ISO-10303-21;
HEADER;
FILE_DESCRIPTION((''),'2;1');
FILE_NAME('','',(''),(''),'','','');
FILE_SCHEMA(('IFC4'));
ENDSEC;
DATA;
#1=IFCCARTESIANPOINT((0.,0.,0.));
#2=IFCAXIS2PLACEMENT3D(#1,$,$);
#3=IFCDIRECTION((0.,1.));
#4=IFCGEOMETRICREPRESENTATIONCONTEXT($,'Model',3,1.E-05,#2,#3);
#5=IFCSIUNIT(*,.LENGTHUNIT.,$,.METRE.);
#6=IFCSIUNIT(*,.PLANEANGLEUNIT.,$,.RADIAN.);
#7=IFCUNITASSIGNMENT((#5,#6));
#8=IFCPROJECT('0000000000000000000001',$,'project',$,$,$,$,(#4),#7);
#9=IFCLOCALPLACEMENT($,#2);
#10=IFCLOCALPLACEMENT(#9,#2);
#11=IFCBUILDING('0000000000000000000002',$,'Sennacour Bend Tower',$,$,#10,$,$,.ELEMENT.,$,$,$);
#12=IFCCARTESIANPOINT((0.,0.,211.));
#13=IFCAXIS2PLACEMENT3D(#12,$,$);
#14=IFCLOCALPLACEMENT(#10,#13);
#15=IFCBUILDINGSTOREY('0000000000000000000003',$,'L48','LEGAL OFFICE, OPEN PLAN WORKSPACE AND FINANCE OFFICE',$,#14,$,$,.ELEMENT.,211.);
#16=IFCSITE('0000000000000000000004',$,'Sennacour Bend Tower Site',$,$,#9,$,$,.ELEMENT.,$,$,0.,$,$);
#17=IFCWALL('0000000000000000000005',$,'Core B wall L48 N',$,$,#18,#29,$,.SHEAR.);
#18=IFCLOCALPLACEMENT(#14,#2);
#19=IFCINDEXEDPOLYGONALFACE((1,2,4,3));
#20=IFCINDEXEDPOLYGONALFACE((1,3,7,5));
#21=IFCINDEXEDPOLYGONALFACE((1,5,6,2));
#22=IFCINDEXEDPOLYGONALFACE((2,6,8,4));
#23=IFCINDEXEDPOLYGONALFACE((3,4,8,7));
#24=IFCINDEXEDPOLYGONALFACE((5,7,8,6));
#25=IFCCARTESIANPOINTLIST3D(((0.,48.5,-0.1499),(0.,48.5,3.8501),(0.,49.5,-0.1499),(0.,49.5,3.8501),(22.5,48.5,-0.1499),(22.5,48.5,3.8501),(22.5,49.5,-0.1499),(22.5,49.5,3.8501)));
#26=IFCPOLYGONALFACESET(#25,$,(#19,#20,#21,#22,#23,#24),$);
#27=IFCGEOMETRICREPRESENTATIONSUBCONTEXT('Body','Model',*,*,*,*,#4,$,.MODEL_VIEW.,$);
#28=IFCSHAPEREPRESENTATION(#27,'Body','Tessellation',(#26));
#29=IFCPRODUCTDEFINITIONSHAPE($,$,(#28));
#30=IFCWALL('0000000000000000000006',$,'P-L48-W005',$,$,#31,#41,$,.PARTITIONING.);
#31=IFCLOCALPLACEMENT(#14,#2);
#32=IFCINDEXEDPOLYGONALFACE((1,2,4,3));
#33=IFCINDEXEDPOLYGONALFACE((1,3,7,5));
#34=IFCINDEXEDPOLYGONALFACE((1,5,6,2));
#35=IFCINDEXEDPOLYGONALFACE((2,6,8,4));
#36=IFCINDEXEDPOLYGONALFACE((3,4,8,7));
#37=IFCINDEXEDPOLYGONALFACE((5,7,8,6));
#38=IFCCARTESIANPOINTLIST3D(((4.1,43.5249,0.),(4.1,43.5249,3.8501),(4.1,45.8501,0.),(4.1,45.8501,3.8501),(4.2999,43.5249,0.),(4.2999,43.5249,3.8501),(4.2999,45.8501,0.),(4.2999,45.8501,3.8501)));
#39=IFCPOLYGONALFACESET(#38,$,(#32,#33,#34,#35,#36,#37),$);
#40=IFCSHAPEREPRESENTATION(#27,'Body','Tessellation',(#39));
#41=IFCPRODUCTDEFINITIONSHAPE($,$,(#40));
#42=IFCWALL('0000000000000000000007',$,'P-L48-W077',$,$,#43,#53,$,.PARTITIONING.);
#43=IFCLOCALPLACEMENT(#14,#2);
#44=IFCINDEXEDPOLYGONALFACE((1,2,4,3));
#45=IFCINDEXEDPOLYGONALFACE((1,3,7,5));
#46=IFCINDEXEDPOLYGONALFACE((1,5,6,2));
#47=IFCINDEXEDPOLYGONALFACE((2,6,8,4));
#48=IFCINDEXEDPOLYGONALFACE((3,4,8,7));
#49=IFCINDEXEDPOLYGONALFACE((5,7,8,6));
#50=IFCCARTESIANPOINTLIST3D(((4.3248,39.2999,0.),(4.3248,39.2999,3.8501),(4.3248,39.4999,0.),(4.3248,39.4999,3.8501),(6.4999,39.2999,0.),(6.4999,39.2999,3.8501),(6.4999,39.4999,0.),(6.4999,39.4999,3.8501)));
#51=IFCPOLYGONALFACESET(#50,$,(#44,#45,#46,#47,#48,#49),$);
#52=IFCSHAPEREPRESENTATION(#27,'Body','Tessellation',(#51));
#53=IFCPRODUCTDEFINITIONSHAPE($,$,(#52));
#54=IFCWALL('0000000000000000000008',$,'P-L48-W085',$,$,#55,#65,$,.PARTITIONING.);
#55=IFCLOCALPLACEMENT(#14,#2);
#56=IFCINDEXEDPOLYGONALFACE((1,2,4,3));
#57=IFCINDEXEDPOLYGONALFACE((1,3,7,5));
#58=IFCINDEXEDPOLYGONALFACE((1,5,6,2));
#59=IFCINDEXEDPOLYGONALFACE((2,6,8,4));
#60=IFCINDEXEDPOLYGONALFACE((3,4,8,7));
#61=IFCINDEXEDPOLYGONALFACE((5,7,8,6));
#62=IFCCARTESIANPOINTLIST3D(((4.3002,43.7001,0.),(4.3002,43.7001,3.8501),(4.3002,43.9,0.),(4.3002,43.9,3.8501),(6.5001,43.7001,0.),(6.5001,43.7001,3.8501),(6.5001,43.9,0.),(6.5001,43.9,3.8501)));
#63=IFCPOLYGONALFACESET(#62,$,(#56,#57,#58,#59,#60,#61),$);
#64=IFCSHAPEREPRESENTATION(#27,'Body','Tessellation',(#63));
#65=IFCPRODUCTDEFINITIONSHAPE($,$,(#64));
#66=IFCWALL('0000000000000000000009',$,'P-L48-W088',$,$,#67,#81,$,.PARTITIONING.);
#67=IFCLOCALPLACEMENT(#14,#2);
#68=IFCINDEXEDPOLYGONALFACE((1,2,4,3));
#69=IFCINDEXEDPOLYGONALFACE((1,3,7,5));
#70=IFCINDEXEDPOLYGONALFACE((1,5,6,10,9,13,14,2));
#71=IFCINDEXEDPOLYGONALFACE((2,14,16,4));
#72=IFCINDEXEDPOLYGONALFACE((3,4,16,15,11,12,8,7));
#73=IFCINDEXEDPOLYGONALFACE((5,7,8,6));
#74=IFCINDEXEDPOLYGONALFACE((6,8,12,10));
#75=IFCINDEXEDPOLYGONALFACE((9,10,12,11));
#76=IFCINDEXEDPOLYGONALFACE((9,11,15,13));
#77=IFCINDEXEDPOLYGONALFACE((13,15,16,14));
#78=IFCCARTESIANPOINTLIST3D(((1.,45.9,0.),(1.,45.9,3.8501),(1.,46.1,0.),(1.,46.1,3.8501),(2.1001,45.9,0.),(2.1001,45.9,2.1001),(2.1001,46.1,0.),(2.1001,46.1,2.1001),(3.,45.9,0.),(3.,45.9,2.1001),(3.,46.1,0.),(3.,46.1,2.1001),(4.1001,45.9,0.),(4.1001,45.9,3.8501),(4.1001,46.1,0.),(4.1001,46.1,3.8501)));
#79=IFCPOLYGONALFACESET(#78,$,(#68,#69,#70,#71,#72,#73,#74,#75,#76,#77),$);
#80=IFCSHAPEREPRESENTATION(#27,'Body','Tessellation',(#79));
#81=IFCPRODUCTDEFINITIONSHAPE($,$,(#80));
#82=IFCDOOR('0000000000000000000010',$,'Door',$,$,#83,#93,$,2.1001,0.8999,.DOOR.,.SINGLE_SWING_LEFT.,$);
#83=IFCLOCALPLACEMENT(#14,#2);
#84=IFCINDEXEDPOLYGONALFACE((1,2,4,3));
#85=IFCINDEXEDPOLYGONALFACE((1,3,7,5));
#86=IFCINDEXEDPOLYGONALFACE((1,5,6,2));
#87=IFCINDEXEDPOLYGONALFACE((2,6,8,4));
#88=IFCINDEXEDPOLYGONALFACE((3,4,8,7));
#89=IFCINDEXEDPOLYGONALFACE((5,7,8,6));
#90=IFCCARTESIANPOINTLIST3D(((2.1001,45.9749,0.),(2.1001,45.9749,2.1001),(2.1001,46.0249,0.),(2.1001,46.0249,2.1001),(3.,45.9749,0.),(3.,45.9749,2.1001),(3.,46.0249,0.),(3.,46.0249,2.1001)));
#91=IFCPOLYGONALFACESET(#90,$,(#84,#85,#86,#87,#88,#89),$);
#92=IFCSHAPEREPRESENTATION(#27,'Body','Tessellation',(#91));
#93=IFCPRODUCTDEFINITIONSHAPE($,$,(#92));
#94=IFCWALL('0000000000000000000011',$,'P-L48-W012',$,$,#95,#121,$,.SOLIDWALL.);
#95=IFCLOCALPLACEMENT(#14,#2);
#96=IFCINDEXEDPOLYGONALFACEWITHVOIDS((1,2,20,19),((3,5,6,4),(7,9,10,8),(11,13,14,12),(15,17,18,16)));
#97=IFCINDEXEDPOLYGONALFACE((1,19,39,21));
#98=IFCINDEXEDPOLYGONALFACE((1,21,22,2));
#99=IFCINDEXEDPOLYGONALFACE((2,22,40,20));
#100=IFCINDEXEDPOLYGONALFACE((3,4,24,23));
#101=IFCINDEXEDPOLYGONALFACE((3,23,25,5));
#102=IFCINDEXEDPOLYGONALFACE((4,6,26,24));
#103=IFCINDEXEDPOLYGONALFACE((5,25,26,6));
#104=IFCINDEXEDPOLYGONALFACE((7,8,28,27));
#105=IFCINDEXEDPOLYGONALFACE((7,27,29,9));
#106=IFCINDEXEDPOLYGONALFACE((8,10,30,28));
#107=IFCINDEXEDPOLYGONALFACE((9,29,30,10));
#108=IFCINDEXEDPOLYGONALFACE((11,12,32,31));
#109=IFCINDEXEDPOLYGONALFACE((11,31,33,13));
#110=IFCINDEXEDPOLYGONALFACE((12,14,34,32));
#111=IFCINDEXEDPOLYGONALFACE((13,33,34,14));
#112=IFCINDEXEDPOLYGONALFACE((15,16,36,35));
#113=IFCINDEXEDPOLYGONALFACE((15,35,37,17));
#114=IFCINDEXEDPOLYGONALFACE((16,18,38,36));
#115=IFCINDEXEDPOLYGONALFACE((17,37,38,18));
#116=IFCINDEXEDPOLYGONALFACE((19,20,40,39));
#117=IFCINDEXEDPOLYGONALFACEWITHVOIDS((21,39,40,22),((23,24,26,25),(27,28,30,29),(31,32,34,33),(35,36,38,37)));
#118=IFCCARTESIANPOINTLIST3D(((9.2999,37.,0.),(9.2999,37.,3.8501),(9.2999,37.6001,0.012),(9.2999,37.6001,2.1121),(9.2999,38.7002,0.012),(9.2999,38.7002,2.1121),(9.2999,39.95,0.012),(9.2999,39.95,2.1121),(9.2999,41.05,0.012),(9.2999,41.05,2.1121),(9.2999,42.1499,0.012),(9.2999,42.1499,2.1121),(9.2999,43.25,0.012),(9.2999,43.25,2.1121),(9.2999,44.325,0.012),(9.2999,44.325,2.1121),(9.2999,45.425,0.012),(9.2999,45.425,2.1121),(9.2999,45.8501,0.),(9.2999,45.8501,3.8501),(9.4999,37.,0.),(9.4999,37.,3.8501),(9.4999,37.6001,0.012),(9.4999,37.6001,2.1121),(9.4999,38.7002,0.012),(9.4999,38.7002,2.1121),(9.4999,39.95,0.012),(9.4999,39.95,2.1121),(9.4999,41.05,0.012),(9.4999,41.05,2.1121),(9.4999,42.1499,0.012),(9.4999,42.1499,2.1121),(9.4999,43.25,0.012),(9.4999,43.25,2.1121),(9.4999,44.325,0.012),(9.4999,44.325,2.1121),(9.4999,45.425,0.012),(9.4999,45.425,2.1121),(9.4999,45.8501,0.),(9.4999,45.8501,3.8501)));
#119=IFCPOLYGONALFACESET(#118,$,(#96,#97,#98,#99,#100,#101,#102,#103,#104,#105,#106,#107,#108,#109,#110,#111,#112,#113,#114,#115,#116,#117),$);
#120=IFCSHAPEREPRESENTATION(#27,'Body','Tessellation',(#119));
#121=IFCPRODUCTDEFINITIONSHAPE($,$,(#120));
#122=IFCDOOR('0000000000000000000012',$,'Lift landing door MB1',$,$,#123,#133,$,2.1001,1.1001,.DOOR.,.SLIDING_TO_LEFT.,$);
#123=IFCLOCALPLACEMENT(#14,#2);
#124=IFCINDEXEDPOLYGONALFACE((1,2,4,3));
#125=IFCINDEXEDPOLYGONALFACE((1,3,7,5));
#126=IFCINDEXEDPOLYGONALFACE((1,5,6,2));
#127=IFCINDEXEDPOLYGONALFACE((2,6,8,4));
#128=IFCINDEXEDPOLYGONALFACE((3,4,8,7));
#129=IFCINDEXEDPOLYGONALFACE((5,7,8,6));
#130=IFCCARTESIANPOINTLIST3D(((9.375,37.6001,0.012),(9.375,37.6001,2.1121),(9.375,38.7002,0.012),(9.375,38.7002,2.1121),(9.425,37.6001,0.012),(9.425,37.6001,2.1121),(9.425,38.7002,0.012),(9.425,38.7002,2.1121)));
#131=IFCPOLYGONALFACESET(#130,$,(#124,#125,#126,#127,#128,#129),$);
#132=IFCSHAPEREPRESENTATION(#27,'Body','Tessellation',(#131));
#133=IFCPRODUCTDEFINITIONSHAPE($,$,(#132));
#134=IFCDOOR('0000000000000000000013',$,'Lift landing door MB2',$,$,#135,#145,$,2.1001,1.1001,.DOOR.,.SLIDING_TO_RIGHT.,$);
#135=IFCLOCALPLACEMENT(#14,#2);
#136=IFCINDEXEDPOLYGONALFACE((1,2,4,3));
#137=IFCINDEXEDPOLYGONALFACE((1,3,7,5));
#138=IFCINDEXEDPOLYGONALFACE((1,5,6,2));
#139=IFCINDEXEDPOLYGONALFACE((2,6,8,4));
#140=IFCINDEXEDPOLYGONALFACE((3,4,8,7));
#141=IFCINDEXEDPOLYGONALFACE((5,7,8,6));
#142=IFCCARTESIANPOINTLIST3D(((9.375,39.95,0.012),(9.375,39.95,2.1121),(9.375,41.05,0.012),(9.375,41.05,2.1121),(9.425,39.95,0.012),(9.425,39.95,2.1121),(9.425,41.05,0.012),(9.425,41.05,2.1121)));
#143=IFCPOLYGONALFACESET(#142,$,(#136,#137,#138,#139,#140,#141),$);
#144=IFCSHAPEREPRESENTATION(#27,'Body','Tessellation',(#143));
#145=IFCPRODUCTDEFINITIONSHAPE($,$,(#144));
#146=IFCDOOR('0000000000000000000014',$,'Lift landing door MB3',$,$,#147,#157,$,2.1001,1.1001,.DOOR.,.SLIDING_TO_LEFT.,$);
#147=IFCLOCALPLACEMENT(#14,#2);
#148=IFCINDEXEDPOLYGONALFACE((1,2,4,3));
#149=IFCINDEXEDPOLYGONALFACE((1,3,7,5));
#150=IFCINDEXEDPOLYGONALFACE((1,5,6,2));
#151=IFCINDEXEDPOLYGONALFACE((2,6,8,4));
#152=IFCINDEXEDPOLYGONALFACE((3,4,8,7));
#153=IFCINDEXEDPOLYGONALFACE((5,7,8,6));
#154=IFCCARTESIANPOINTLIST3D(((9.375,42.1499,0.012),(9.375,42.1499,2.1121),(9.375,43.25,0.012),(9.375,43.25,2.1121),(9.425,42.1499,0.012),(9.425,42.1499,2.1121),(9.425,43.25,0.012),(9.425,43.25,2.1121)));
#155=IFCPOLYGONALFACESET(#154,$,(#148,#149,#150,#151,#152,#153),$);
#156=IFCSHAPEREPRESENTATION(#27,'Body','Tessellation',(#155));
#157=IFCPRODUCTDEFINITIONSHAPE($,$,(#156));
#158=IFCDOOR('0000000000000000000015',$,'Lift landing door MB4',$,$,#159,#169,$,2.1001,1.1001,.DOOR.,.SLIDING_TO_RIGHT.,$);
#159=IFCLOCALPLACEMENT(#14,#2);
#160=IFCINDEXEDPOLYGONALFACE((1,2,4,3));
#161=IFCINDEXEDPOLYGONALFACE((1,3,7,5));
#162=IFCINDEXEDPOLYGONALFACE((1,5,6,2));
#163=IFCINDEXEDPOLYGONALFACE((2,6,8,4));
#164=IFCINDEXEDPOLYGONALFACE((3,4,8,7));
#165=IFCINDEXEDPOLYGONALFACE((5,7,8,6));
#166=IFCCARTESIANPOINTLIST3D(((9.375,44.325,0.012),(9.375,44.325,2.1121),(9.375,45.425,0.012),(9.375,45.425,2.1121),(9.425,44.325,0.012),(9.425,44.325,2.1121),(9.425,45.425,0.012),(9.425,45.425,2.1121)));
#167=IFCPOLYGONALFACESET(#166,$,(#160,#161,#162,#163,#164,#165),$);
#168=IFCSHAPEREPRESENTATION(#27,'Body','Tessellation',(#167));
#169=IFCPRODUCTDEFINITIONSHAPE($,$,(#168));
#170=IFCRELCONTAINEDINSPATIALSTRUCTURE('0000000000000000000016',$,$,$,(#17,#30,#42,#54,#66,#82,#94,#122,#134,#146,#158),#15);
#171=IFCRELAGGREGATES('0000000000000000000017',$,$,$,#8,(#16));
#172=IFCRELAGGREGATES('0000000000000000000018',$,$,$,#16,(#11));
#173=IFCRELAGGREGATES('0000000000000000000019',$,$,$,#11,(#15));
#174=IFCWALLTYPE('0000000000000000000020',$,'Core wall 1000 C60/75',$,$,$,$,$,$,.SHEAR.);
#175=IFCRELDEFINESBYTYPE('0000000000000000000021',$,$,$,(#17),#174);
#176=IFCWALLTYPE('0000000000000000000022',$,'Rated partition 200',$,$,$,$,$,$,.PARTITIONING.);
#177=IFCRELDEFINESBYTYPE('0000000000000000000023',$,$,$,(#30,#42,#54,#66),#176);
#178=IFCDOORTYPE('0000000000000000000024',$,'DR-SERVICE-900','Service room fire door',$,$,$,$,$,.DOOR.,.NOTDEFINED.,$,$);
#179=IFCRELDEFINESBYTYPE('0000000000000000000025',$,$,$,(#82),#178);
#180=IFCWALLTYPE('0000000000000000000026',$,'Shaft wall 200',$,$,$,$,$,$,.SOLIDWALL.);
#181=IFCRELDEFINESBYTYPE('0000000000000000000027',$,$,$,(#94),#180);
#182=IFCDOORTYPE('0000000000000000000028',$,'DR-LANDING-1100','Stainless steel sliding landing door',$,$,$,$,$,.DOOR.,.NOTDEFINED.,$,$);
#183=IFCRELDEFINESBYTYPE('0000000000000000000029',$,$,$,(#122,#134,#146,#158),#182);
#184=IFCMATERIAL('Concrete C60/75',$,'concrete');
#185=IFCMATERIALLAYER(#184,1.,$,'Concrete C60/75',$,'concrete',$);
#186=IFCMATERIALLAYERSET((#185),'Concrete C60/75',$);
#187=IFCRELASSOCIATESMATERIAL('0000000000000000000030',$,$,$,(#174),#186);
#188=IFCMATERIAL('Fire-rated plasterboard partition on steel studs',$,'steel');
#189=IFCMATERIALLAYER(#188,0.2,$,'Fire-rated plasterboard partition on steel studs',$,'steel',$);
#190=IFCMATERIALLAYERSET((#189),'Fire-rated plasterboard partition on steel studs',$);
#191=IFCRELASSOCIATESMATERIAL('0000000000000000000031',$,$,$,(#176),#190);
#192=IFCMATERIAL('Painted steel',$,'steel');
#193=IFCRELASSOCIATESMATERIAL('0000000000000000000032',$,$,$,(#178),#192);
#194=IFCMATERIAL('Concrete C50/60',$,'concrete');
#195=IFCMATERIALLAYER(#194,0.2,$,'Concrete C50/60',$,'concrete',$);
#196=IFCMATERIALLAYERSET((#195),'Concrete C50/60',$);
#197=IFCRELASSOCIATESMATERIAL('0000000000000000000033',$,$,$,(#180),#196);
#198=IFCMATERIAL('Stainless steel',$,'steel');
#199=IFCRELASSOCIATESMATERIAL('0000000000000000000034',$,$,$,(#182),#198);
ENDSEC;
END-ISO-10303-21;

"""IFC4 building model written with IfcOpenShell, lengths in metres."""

from ifc_helpers import new_model, si_unit, direction, frame, frame_2d, origin, place, context, subcontext, project, spatial, rectangle, extrude, material, layer, layer_set, type_object, element, fill, save


model = new_model("IFC4")

# Units and contexts
model_context = context("Model", 3, precision=1e-05, world=origin(), true_north=direction((0.0, 1.0)))
body_context = subcontext(model_context, "Body", "Model", "MODEL_VIEW")
ifc_project = project(units=[si_unit("LENGTHUNIT", "METRE"), si_unit("PLANEANGLEUNIT", "RADIAN")], contexts=[model_context])

# Site, building, storey
site_placement = place(None, origin())
site = spatial("IfcSite", under=ifc_project, at=site_placement, Name="Sennacour Bend Tower Site", CompositionType="ELEMENT", RefElevation=0.0)
building_placement = place(site_placement, origin())
building = spatial("IfcBuilding", under=site, at=building_placement, Name="Sennacour Bend Tower", CompositionType="ELEMENT")
storey_placement = place(building_placement, frame((0.0, 0.0, 211.0)))
storey = spatial("IfcBuildingStorey", under=building, at=storey_placement, Name="L48", Description="LEGAL OFFICE, OPEN PLAN WORKSPACE AND FINANCE OFFICE", CompositionType="ELEMENT", Elevation=211.0)

# Walls
ifc_material_1 = material(Name="Concrete C60/75", Category="concrete")
ifc_layer_1 = layer(ifc_material_1, 1.0, Name="Concrete C60/75", Category="concrete")
ifc_layer_set_1 = layer_set([ifc_layer_1], Name="Concrete C60/75")
wall_type_1 = type_object("IfcWallType", Name="Core wall 1000 C60/75", PredefinedType="SHEAR", material=ifc_layer_set_1)
wall_1_placement = place(storey_placement, frame((0.0, 49.0, -0.1499), z_axis=(0.0, 0.0, 1.0), x_axis=(1.0, 0.0, 0.0)))
element("IfcWall", 1, at=wall_1_placement, inside=storey, type_object=wall_type_1, Name="Core B wall L48 N", PredefinedType="SHEAR", context=body_context, shape_type="SweptSolid", body=[
    extrude(rectangle(XDim=22.5, YDim=1.0, at=frame_2d((11.25, 0.0))), origin(), (0.0, 0.0, 1.0), 4.0),
])
ifc_material_2 = material(Name="Fire-rated plasterboard partition on steel studs", Category="steel")
ifc_layer_2 = layer(ifc_material_2, 0.2, Name="Fire-rated plasterboard partition on steel studs", Category="steel")
ifc_layer_set_2 = layer_set([ifc_layer_2], Name="Fire-rated plasterboard partition on steel studs")
wall_type_2 = type_object("IfcWallType", Name="Rated partition 200", PredefinedType="PARTITIONING", material=ifc_layer_set_2)
wall_2_placement = place(storey_placement, frame((4.2, 43.5249, 0.0), z_axis=(0.0, 0.0, 1.0), x_axis=(0.0, 1.0, 0.0)))
element("IfcWall", 2, at=wall_2_placement, inside=storey, type_object=wall_type_2, Name="P-L48-W005", PredefinedType="PARTITIONING", context=body_context, shape_type="SweptSolid", body=[
    extrude(rectangle(XDim=2.3252, YDim=0.2, at=frame_2d((1.1626, 0.0))), origin(), (0.0, 0.0, 1.0), 3.8501),
])
wall_3_placement = place(storey_placement, frame((4.325, 39.3999, 0.0), z_axis=(0.0, 0.0, 1.0), x_axis=(1.0, 0.0, 0.0)))
element("IfcWall", 3, at=wall_3_placement, inside=storey, type_object=wall_type_2, Name="P-L48-W077", PredefinedType="PARTITIONING", context=body_context, shape_type="SweptSolid", body=[
    extrude(rectangle(XDim=2.175, YDim=0.2, at=frame_2d((1.0874, 0.0))), origin(), (0.0, 0.0, 1.0), 3.8501),
])
wall_4_placement = place(storey_placement, frame((4.3, 43.8, 0.0), z_axis=(0.0, 0.0, 1.0), x_axis=(1.0, 0.0, 0.0)))
element("IfcWall", 4, at=wall_4_placement, inside=storey, type_object=wall_type_2, Name="P-L48-W085", PredefinedType="PARTITIONING", context=body_context, shape_type="SweptSolid", body=[
    extrude(rectangle(XDim=2.2, YDim=0.2, at=frame_2d((1.1001, 0.0))), origin(), (0.0, 0.0, 1.0), 3.8501),
])

# Wall, opening, door
wall_5_placement = place(storey_placement, frame((1.0, 46.0, 0.0), z_axis=(0.0, 0.0, 1.0), x_axis=(1.0, 0.0, 0.0)))
wall_5 = element("IfcWall", 5, at=wall_5_placement, inside=storey, type_object=wall_type_2, Name="P-L48-W088", PredefinedType="PARTITIONING", context=body_context, shape_type="SweptSolid", body=[
    extrude(rectangle(XDim=3.1001, YDim=0.2, at=frame_2d((1.55, 0.0))), origin(), (0.0, 0.0, 1.0), 3.8501),
])
opening_1_placement = place(wall_5_placement, frame((1.1001, 0.0, 0.0)))
opening_1 = element("IfcOpeningElement", 6, at=opening_1_placement, cuts=wall_5, PredefinedType="OPENING", context=body_context, shape_type="SweptSolid", body=[
    extrude(rectangle(XDim=0.8999, YDim=2.1001, at=frame_2d((0.45, 1.05))), frame((0.0, 0.1099, 0.0), z_axis=(0.0, -1.0, 0.0), x_axis=(1.0, 0.0, 0.0)), (0.0, 0.0, 1.0), 0.22),
])
ifc_material_3 = material(Name="Painted steel", Category="steel")
door_type_1 = type_object("IfcDoorType", Name="DR-SERVICE-900", Description="Service room fire door", OperationType="NOTDEFINED", PredefinedType="DOOR", material=ifc_material_3)
door_1_placement = place(opening_1_placement, origin())
door_1 = element("IfcDoor", 7, at=door_1_placement, inside=storey, type_object=door_type_1, Name="Door", OperationType="SINGLE_SWING_LEFT", OverallHeight=2.1001, OverallWidth=0.8999, PredefinedType="DOOR", context=body_context, shape_type="SweptSolid", body=[
    extrude(rectangle(XDim=0.8999, YDim=2.1001, at=frame_2d((0.45, 1.05))), frame((0.0, 0.0249, 0.0), z_axis=(0.0, -1.0, 0.0), x_axis=(1.0, 0.0, 0.0)), (0.0, 0.0, 1.0), 0.05),
])
fill(opening_1, door_1)

# Wall, openings, doors
ifc_material_4 = material(Name="Concrete C50/60", Category="concrete")
ifc_layer_3 = layer(ifc_material_4, 0.2, Name="Concrete C50/60", Category="concrete")
ifc_layer_set_3 = layer_set([ifc_layer_3], Name="Concrete C50/60")
wall_type_3 = type_object("IfcWallType", Name="Shaft wall 200", PredefinedType="SOLIDWALL", material=ifc_layer_set_3)
wall_6_placement = place(storey_placement, frame((9.3999, 37.0, 0.0), z_axis=(0.0, 0.0, 1.0), x_axis=(0.0, 1.0, 0.0)))
wall_6 = element("IfcWall", 8, at=wall_6_placement, inside=storey, type_object=wall_type_3, Name="P-L48-W012", PredefinedType="SOLIDWALL", context=body_context, shape_type="SweptSolid", body=[
    extrude(rectangle(XDim=8.8501, YDim=0.2, at=frame_2d((4.425, 0.0))), origin(), (0.0, 0.0, 1.0), 3.8501),
])
opening_2_placement = place(wall_6_placement, frame((0.6001, 0.0, 0.012)))
opening_2 = element("IfcOpeningElement", 9, at=opening_2_placement, cuts=wall_6, PredefinedType="OPENING", context=body_context, shape_type="SweptSolid", body=[
    extrude(rectangle(XDim=1.1001, YDim=2.1001, at=frame_2d((0.55, 1.05))), frame((0.0, 0.1099, 0.0), z_axis=(0.0, -1.0, 0.0), x_axis=(1.0, 0.0, 0.0)), (0.0, 0.0, 1.0), 0.22),
])
opening_3_placement = place(wall_6_placement, frame((2.95, 0.0, 0.012)))
opening_3 = element("IfcOpeningElement", 10, at=opening_3_placement, cuts=wall_6, PredefinedType="OPENING", context=body_context, shape_type="SweptSolid", body=[
    extrude(rectangle(XDim=1.1001, YDim=2.1001, at=frame_2d((0.55, 1.05))), frame((0.0, 0.1099, 0.0), z_axis=(0.0, -1.0, 0.0), x_axis=(1.0, 0.0, 0.0)), (0.0, 0.0, 1.0), 0.22),
])
opening_4_placement = place(wall_6_placement, frame((5.1499, 0.0, 0.012)))
opening_4 = element("IfcOpeningElement", 11, at=opening_4_placement, cuts=wall_6, PredefinedType="OPENING", context=body_context, shape_type="SweptSolid", body=[
    extrude(rectangle(XDim=1.1001, YDim=2.1001, at=frame_2d((0.55, 1.05))), frame((0.0, 0.1099, 0.0), z_axis=(0.0, -1.0, 0.0), x_axis=(1.0, 0.0, 0.0)), (0.0, 0.0, 1.0), 0.22),
])
opening_5_placement = place(wall_6_placement, frame((7.325, 0.0, 0.012)))
opening_5 = element("IfcOpeningElement", 12, at=opening_5_placement, cuts=wall_6, PredefinedType="OPENING", context=body_context, shape_type="SweptSolid", body=[
    extrude(rectangle(XDim=1.1001, YDim=2.1001, at=frame_2d((0.55, 1.05))), frame((0.0, 0.1099, 0.0), z_axis=(0.0, -1.0, 0.0), x_axis=(1.0, 0.0, 0.0)), (0.0, 0.0, 1.0), 0.22),
])
ifc_material_5 = material(Name="Stainless steel", Category="steel")
door_type_2 = type_object("IfcDoorType", Name="DR-LANDING-1100", Description="Stainless steel sliding landing door", OperationType="NOTDEFINED", PredefinedType="DOOR", material=ifc_material_5)
door_2_placement = place(opening_2_placement, origin())
door_2 = element("IfcDoor", 13, at=door_2_placement, inside=storey, type_object=door_type_2, Name="Lift landing door MB1", OperationType="SLIDING_TO_LEFT", OverallHeight=2.1001, OverallWidth=1.1001, PredefinedType="DOOR", context=body_context, shape_type="SweptSolid", body=[
    extrude(rectangle(XDim=1.1001, YDim=2.1001, at=frame_2d((0.55, 1.05))), frame((0.0, 0.0249, 0.0), z_axis=(0.0, -1.0, 0.0), x_axis=(1.0, 0.0, 0.0)), (0.0, 0.0, 1.0), 0.05),
])
fill(opening_2, door_2)
door_3_placement = place(opening_3_placement, origin())
door_3 = element("IfcDoor", 14, at=door_3_placement, inside=storey, type_object=door_type_2, Name="Lift landing door MB2", OperationType="SLIDING_TO_RIGHT", OverallHeight=2.1001, OverallWidth=1.1001, PredefinedType="DOOR", context=body_context, shape_type="SweptSolid", body=[
    extrude(rectangle(XDim=1.1001, YDim=2.1001, at=frame_2d((0.55, 1.05))), frame((0.0, 0.0249, 0.0), z_axis=(0.0, -1.0, 0.0), x_axis=(1.0, 0.0, 0.0)), (0.0, 0.0, 1.0), 0.05),
])
fill(opening_3, door_3)
door_4_placement = place(opening_4_placement, origin())
door_4 = element("IfcDoor", 15, at=door_4_placement, inside=storey, type_object=door_type_2, Name="Lift landing door MB3", OperationType="SLIDING_TO_LEFT", OverallHeight=2.1001, OverallWidth=1.1001, PredefinedType="DOOR", context=body_context, shape_type="SweptSolid", body=[
    extrude(rectangle(XDim=1.1001, YDim=2.1001, at=frame_2d((0.55, 1.05))), frame((0.0, 0.0249, 0.0), z_axis=(0.0, -1.0, 0.0), x_axis=(1.0, 0.0, 0.0)), (0.0, 0.0, 1.0), 0.05),
])
fill(opening_4, door_4)
door_5_placement = place(opening_5_placement, origin())
door_5 = element("IfcDoor", 16, at=door_5_placement, inside=storey, type_object=door_type_2, Name="Lift landing door MB4", OperationType="SLIDING_TO_RIGHT", OverallHeight=2.1001, OverallWidth=1.1001, PredefinedType="DOOR", context=body_context, shape_type="SweptSolid", body=[
    extrude(rectangle(XDim=1.1001, YDim=2.1001, at=frame_2d((0.55, 1.05))), frame((0.0, 0.0249, 0.0), z_axis=(0.0, -1.0, 0.0), x_axis=(1.0, 0.0, 0.0)), (0.0, 0.0, 1.0), 0.05),
])
fill(opening_5, door_5)

save(model, "model.ifc")
